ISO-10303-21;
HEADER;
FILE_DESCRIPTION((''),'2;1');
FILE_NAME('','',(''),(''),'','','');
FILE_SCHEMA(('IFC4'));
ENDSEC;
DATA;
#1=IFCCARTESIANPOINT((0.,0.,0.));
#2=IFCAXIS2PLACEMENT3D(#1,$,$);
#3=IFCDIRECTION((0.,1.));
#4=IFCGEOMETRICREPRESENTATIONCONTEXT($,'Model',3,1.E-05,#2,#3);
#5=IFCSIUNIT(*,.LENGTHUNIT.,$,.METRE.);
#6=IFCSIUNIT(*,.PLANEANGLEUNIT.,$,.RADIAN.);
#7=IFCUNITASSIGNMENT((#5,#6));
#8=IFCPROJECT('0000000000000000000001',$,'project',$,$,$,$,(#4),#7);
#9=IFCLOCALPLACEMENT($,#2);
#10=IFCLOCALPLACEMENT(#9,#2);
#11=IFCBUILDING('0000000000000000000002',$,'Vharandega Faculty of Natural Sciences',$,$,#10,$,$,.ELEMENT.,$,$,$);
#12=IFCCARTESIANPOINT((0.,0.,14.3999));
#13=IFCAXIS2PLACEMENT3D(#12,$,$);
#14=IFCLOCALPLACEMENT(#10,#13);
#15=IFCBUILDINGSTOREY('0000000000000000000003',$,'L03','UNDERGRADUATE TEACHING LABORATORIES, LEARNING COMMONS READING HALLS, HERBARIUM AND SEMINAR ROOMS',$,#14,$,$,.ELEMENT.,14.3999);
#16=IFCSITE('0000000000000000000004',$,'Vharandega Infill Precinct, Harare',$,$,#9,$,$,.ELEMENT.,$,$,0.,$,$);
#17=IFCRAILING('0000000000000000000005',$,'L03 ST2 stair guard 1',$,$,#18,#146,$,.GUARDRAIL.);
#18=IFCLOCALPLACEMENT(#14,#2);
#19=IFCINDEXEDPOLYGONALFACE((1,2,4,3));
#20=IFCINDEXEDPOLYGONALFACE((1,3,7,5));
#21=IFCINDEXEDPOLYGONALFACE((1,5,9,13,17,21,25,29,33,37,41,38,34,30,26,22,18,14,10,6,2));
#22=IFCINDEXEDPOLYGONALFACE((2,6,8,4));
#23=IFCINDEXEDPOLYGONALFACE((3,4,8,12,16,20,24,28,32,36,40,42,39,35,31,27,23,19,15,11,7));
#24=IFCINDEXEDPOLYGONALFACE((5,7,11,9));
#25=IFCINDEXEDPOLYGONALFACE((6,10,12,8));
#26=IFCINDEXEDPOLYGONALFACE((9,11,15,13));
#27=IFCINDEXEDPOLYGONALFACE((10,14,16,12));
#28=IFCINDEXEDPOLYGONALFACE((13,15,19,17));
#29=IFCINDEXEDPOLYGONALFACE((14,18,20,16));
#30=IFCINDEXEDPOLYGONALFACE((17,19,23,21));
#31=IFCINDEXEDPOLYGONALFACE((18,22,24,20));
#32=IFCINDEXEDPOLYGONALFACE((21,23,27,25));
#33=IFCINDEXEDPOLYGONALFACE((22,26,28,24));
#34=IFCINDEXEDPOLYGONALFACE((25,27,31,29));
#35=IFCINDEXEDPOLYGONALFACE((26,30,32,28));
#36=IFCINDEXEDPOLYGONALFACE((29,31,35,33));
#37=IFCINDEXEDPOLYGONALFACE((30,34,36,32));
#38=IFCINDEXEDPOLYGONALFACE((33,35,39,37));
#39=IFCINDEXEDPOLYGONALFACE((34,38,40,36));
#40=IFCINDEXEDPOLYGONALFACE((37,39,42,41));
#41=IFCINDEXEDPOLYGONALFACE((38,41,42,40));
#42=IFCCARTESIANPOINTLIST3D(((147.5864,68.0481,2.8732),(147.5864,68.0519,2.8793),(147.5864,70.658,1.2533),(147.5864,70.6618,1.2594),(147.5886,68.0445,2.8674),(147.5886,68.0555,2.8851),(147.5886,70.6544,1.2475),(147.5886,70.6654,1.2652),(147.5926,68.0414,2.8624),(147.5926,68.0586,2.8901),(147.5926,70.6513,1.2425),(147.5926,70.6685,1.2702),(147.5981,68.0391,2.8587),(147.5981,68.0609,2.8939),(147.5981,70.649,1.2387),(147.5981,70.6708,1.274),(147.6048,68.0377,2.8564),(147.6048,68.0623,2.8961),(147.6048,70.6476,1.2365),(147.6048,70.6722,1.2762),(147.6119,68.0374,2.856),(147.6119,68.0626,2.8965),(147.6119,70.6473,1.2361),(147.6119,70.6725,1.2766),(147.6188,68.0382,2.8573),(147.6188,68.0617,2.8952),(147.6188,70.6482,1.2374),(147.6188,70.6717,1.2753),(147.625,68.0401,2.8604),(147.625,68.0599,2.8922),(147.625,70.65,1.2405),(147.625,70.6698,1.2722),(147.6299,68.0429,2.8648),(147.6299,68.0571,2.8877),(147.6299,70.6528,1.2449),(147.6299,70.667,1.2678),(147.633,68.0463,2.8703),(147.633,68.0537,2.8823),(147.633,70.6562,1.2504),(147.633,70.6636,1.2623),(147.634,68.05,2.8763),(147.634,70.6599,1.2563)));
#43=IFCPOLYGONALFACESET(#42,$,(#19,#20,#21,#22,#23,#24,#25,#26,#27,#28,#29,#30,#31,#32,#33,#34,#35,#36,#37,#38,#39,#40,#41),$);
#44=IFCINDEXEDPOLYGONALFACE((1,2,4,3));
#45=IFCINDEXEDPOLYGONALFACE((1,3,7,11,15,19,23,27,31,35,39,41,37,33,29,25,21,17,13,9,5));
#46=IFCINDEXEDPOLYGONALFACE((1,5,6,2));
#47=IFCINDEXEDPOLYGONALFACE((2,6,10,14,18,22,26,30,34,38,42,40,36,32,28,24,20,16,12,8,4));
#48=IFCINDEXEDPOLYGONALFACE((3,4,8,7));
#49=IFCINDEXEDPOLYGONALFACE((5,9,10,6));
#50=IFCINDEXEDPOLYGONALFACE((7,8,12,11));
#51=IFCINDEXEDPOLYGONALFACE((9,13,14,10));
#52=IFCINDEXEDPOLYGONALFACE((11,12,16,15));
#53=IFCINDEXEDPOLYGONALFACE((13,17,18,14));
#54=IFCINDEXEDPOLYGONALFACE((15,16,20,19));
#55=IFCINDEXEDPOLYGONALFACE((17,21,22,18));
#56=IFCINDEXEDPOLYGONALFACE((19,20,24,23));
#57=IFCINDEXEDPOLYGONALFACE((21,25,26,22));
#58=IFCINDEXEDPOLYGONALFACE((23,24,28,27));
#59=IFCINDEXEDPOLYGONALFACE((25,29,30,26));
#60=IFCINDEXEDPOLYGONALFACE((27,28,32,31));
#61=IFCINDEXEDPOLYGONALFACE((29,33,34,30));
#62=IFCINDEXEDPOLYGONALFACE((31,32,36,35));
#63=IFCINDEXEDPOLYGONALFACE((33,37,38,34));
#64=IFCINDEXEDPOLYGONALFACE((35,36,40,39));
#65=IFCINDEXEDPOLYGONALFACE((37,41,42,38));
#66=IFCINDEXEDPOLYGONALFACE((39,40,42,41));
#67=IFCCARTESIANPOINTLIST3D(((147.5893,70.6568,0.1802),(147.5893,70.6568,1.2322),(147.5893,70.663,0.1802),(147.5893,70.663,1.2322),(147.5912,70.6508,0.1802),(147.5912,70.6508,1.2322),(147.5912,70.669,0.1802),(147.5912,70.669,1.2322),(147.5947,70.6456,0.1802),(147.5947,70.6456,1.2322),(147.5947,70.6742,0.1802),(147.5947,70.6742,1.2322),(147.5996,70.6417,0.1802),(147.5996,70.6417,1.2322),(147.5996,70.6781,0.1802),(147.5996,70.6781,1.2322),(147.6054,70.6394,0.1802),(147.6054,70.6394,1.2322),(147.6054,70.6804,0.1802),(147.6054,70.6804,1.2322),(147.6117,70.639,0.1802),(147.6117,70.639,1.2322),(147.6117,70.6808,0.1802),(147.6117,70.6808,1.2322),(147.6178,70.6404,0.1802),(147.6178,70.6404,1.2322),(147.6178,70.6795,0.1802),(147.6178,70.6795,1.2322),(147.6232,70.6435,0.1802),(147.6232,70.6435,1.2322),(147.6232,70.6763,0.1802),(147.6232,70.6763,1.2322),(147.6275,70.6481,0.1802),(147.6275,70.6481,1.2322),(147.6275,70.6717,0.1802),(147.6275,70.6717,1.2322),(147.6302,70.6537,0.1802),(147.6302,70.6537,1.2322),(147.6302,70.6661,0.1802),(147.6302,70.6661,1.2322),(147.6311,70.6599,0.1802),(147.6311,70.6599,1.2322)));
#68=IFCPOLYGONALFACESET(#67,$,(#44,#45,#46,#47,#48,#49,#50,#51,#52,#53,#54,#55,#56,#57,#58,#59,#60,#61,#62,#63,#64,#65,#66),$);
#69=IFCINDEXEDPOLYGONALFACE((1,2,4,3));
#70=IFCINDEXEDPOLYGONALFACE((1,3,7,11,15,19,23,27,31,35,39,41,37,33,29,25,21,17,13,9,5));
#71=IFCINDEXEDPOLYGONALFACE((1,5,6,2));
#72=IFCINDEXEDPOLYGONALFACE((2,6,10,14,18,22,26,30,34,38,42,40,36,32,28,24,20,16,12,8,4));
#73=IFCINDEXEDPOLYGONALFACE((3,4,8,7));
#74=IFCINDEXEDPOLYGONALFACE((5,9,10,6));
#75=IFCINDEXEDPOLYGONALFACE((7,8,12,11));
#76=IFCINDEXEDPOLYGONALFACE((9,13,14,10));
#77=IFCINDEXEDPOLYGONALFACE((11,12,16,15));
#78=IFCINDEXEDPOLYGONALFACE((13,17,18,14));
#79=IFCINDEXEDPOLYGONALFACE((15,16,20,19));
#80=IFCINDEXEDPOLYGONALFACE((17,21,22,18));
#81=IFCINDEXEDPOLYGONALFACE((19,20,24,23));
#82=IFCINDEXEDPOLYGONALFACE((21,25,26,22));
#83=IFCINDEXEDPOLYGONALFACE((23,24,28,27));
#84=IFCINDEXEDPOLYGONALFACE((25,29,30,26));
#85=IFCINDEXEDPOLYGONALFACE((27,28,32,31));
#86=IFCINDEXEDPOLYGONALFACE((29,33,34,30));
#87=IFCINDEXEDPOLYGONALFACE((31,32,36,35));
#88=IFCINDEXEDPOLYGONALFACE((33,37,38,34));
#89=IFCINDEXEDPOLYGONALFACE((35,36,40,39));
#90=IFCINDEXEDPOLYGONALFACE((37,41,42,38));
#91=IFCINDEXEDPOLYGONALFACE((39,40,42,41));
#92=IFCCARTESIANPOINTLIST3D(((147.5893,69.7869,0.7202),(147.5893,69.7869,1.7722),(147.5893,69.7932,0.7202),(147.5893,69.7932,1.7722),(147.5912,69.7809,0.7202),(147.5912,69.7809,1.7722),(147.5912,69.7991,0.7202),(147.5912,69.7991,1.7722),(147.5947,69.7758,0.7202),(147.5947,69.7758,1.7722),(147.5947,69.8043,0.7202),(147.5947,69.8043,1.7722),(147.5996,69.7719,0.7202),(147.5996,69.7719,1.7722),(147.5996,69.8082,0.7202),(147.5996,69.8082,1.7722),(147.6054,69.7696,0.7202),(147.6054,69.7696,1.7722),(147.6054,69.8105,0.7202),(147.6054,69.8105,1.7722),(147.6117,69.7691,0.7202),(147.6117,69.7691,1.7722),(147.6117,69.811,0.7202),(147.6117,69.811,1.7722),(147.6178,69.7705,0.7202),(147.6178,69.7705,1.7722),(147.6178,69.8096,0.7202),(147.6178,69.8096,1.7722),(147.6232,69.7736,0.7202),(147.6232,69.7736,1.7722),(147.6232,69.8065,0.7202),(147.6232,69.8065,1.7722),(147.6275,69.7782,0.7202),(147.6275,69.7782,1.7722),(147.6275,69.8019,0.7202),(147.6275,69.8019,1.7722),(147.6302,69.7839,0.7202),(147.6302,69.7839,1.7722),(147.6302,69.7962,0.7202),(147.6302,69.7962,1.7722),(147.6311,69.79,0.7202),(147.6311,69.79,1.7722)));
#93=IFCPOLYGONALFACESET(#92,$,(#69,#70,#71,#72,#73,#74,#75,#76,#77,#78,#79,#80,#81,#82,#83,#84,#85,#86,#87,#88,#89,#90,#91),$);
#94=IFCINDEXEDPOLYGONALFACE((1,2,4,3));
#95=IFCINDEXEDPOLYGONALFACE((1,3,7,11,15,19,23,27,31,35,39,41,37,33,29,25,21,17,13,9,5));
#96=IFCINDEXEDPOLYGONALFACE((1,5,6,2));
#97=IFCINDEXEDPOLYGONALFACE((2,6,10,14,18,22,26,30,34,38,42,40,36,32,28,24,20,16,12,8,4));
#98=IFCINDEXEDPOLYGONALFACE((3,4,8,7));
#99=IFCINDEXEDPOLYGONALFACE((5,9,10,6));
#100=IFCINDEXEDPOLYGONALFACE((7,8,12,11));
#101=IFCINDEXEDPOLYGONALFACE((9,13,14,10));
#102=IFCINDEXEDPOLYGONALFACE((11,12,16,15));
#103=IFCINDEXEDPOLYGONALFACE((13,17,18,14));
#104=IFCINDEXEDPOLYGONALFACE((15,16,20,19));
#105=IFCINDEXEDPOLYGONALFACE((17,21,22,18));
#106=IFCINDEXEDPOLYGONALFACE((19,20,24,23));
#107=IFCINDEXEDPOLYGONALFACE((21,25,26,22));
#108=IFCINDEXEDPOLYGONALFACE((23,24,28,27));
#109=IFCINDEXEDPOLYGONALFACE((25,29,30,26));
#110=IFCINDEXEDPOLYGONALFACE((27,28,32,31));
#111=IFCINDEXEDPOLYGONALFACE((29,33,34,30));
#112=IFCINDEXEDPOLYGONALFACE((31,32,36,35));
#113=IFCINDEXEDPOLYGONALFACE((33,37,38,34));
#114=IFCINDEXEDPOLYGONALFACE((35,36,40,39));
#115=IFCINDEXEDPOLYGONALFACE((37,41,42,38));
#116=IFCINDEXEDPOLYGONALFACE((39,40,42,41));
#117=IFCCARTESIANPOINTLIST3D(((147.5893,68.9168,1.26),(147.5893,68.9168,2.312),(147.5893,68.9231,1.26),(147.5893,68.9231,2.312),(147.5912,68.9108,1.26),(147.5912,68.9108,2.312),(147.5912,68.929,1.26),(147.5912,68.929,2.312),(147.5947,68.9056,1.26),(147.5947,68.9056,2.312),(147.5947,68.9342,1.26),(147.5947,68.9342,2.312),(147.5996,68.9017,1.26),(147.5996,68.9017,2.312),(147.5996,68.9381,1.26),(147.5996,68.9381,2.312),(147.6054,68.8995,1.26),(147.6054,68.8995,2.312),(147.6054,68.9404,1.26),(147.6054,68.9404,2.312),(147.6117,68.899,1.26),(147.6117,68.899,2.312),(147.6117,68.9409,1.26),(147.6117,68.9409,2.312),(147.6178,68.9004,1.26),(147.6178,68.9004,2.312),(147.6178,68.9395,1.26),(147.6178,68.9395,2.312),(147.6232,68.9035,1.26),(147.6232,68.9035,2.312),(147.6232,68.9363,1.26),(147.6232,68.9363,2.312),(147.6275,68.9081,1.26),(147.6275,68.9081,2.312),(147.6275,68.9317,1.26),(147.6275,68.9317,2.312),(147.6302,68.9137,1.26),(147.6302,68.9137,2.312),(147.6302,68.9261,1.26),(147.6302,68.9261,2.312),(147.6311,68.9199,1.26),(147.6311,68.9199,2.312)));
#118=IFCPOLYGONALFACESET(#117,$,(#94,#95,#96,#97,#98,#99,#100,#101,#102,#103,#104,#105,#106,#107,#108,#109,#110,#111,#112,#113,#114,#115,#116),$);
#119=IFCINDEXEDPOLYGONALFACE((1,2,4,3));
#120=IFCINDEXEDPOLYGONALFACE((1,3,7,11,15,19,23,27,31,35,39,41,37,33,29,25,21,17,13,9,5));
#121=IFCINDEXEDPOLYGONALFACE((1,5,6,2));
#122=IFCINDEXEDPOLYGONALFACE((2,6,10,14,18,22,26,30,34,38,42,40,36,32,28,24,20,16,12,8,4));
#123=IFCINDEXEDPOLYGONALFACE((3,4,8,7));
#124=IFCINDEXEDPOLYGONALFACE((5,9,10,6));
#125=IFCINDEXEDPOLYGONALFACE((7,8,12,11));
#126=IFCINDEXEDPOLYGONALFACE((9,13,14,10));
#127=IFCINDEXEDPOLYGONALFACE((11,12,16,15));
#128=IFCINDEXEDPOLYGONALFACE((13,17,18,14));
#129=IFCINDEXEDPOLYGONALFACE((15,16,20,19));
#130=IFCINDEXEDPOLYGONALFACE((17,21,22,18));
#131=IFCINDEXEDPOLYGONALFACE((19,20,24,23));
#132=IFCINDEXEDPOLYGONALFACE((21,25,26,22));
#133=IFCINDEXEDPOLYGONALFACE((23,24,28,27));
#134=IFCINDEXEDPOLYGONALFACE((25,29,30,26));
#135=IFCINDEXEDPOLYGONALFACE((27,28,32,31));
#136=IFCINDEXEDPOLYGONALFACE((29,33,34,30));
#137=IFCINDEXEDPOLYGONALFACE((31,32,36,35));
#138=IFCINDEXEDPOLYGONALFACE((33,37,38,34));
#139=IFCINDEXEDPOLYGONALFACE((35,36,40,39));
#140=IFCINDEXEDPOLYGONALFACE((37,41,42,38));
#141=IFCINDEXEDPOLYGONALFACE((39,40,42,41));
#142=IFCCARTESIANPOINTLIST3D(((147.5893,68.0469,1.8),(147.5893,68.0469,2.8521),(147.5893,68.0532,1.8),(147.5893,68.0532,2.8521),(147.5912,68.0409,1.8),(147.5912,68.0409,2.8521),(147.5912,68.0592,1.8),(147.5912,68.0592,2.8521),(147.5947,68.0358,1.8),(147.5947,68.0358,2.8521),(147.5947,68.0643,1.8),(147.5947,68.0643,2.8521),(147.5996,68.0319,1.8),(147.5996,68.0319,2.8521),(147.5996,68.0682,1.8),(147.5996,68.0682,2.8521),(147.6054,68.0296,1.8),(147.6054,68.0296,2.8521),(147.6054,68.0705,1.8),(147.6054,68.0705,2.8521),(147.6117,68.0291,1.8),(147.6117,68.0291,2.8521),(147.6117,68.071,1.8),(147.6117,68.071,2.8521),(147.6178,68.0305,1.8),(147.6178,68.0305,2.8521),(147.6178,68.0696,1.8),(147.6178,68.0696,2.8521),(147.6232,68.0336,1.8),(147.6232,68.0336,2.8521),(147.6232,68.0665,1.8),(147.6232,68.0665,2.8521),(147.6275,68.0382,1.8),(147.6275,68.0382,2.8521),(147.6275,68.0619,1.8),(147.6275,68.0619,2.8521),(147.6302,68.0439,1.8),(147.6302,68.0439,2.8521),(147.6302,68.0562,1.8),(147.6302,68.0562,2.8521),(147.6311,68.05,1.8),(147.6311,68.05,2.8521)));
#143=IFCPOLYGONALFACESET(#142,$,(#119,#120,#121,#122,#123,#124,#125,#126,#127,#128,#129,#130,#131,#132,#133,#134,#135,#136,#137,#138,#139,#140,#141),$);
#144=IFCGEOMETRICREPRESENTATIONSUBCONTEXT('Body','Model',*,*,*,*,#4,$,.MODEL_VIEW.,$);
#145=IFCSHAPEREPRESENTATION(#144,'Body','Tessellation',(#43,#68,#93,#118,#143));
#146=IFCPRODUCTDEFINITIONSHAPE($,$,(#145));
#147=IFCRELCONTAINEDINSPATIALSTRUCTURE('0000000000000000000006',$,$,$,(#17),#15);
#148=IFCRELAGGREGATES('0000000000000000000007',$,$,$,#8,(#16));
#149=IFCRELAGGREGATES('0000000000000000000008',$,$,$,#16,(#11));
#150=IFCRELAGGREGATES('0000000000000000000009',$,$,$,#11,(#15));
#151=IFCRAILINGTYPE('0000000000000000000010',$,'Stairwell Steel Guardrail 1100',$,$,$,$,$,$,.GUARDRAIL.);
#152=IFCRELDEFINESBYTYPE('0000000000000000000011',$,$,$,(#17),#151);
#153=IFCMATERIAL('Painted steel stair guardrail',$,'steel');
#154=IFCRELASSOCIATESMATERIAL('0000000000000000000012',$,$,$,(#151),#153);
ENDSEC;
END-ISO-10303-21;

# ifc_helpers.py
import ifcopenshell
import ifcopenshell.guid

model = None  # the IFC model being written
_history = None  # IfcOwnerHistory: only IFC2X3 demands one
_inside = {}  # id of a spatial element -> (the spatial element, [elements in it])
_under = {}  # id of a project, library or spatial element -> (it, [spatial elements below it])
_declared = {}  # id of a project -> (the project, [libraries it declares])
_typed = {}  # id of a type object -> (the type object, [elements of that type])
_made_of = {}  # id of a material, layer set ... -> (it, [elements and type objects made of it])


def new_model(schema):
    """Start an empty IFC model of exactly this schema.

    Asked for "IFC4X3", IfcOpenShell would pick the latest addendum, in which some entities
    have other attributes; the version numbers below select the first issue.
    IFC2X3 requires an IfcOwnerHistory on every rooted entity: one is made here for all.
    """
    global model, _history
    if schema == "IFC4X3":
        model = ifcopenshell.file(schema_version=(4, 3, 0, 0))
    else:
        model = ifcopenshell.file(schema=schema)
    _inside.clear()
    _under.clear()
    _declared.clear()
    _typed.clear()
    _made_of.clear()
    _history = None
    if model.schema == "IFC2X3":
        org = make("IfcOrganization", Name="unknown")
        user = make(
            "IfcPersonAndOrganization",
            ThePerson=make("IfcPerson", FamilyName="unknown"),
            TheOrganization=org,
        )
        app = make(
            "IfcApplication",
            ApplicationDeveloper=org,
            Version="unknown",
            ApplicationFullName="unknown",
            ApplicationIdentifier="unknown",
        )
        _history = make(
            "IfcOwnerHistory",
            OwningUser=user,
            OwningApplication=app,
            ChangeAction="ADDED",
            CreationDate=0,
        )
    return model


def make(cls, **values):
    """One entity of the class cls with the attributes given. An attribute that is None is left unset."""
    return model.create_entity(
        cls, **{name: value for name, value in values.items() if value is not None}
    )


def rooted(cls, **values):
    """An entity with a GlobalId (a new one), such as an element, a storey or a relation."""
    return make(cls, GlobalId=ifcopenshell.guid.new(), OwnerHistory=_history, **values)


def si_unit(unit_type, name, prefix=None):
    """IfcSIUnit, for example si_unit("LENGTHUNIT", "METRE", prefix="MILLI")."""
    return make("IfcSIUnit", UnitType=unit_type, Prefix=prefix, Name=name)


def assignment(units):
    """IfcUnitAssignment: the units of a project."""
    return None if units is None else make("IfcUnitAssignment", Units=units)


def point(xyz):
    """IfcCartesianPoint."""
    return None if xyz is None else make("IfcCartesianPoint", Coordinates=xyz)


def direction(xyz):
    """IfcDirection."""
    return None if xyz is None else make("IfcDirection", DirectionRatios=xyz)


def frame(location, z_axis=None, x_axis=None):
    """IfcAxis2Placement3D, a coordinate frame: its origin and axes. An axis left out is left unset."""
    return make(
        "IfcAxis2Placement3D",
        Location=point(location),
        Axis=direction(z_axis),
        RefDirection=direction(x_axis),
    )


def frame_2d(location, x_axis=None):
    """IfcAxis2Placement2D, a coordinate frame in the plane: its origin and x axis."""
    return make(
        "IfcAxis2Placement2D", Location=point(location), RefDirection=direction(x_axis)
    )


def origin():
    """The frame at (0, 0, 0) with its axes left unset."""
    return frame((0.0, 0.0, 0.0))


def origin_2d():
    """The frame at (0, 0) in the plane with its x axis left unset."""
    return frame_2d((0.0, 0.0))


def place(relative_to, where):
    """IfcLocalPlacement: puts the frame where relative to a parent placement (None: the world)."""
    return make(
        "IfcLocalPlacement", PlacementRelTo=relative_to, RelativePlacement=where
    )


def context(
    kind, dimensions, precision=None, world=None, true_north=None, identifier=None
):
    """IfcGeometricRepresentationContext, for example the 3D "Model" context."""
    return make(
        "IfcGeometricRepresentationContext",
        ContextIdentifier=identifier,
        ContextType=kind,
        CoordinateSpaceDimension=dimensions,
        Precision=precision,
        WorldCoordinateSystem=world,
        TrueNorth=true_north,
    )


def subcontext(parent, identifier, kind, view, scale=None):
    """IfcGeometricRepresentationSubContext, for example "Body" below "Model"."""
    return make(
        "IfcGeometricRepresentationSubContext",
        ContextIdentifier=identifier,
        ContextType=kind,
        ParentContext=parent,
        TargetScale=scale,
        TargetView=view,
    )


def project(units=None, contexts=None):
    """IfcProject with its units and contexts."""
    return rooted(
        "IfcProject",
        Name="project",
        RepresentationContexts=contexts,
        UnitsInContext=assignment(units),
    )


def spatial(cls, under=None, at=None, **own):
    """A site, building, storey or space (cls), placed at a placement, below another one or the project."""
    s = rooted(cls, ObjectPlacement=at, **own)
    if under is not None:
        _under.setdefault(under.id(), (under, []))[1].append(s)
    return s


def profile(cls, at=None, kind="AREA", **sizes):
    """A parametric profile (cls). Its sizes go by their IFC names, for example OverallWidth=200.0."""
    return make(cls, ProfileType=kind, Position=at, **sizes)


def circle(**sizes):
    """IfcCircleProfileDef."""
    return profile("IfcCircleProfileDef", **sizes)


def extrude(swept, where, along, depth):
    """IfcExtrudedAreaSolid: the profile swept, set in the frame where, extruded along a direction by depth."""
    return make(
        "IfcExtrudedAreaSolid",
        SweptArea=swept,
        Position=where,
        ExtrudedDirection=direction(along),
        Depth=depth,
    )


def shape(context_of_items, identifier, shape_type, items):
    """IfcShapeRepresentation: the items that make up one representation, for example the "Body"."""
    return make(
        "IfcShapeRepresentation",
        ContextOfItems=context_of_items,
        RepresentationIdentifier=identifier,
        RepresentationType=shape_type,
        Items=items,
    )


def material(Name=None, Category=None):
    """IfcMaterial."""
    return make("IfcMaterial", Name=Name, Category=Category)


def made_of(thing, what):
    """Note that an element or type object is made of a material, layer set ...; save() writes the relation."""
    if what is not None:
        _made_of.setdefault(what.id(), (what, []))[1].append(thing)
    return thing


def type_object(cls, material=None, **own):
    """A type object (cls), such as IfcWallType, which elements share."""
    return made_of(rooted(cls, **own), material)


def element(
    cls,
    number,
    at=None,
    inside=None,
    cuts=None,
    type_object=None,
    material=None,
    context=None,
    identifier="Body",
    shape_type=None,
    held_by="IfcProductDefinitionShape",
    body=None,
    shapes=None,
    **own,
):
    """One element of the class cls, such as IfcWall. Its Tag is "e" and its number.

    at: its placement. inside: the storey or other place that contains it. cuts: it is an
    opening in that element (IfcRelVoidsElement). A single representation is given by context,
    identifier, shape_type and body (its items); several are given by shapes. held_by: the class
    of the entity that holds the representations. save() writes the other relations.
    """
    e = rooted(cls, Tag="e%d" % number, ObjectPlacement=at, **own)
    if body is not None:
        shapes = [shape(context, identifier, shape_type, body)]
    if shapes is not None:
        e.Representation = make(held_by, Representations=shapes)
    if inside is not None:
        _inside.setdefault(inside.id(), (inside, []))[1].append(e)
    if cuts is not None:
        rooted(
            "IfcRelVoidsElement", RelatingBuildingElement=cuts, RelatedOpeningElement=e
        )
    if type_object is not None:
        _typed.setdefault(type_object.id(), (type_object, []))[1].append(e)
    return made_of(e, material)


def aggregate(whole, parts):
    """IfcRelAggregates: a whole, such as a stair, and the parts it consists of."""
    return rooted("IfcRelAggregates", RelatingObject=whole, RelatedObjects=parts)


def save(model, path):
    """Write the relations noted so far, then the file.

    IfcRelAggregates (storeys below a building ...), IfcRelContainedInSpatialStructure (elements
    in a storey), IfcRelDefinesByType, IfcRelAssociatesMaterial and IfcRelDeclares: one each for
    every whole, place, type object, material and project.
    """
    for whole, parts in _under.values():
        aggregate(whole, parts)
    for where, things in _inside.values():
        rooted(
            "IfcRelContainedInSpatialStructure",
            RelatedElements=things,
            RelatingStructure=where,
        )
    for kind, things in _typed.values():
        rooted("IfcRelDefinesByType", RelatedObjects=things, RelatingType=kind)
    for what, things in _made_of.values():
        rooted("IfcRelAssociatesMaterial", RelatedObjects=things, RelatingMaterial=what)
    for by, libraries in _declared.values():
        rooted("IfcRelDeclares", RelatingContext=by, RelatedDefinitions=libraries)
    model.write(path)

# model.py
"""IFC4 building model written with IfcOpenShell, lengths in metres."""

from ifc_helpers import new_model, si_unit, direction, frame, origin, origin_2d, place, context, subcontext, project, spatial, circle, extrude, material, type_object, element, save


model = new_model("IFC4")

# Units and contexts
model_context = context("Model", 3, precision=1e-05, world=origin(), true_north=direction((0.0, 1.0)))
body_context = subcontext(model_context, "Body", "Model", "MODEL_VIEW")
ifc_project = project(units=[si_unit("LENGTHUNIT", "METRE"), si_unit("PLANEANGLEUNIT", "RADIAN")], contexts=[model_context])

# Site, building, storey
site_placement = place(None, origin())
site = spatial("IfcSite", under=ifc_project, at=site_placement, Name="Vharandega Infill Precinct, Harare", CompositionType="ELEMENT", RefElevation=0.0)
building_placement = place(site_placement, origin())
building = spatial("IfcBuilding", under=site, at=building_placement, Name="Vharandega Faculty of Natural Sciences", CompositionType="ELEMENT")
storey_placement = place(building_placement, frame((0.0, 0.0, 14.3999)))
storey = spatial("IfcBuildingStorey", under=building, at=storey_placement, Name="L03", Description="UNDERGRADUATE TEACHING LABORATORIES, LEARNING COMMONS READING HALLS, HERBARIUM AND SEMINAR ROOMS", CompositionType="ELEMENT", Elevation=14.3999)

# Railing
ifc_material_1 = material(Name="Painted steel stair guardrail", Category="steel")
railing_type_1 = type_object("IfcRailingType", Name="Stairwell Steel Guardrail 1100", PredefinedType="GUARDRAIL", material=ifc_material_1)
railing_1_placement = place(storey_placement, frame((147.6101, 70.6599, 0.1802)))
element("IfcRailing", 1, at=railing_1_placement, inside=storey, type_object=railing_type_1, Name="L03 ST2 stair guard 1", PredefinedType="GUARDRAIL", context=body_context, shape_type="SweptSolid", body=[
    extrude(circle(Radius=0.0239, at=origin_2d()), frame((0.0, 0.0, 1.0762), z_axis=(0.0, -0.849646, 0.527353), x_axis=(1.0, 0.0, 0.0)), (0.0, 0.0, 1.0), 3.0718),
    extrude(circle(Radius=0.021, at=origin_2d()), origin(), (0.0, 0.0, 1.0), 1.052),
    extrude(circle(Radius=0.021, at=origin_2d()), frame((0.0, -0.8699, 0.54)), (0.0, 0.0, 1.0), 1.052),
    extrude(circle(Radius=0.021, at=origin_2d()), frame((0.0, -1.74, 1.0798)), (0.0, 0.0, 1.0), 1.052),
    extrude(circle(Radius=0.021, at=origin_2d()), frame((0.0, -2.6099, 1.6199)), (0.0, 0.0, 1.0), 1.052),
])

save(model, "model.ifc")
